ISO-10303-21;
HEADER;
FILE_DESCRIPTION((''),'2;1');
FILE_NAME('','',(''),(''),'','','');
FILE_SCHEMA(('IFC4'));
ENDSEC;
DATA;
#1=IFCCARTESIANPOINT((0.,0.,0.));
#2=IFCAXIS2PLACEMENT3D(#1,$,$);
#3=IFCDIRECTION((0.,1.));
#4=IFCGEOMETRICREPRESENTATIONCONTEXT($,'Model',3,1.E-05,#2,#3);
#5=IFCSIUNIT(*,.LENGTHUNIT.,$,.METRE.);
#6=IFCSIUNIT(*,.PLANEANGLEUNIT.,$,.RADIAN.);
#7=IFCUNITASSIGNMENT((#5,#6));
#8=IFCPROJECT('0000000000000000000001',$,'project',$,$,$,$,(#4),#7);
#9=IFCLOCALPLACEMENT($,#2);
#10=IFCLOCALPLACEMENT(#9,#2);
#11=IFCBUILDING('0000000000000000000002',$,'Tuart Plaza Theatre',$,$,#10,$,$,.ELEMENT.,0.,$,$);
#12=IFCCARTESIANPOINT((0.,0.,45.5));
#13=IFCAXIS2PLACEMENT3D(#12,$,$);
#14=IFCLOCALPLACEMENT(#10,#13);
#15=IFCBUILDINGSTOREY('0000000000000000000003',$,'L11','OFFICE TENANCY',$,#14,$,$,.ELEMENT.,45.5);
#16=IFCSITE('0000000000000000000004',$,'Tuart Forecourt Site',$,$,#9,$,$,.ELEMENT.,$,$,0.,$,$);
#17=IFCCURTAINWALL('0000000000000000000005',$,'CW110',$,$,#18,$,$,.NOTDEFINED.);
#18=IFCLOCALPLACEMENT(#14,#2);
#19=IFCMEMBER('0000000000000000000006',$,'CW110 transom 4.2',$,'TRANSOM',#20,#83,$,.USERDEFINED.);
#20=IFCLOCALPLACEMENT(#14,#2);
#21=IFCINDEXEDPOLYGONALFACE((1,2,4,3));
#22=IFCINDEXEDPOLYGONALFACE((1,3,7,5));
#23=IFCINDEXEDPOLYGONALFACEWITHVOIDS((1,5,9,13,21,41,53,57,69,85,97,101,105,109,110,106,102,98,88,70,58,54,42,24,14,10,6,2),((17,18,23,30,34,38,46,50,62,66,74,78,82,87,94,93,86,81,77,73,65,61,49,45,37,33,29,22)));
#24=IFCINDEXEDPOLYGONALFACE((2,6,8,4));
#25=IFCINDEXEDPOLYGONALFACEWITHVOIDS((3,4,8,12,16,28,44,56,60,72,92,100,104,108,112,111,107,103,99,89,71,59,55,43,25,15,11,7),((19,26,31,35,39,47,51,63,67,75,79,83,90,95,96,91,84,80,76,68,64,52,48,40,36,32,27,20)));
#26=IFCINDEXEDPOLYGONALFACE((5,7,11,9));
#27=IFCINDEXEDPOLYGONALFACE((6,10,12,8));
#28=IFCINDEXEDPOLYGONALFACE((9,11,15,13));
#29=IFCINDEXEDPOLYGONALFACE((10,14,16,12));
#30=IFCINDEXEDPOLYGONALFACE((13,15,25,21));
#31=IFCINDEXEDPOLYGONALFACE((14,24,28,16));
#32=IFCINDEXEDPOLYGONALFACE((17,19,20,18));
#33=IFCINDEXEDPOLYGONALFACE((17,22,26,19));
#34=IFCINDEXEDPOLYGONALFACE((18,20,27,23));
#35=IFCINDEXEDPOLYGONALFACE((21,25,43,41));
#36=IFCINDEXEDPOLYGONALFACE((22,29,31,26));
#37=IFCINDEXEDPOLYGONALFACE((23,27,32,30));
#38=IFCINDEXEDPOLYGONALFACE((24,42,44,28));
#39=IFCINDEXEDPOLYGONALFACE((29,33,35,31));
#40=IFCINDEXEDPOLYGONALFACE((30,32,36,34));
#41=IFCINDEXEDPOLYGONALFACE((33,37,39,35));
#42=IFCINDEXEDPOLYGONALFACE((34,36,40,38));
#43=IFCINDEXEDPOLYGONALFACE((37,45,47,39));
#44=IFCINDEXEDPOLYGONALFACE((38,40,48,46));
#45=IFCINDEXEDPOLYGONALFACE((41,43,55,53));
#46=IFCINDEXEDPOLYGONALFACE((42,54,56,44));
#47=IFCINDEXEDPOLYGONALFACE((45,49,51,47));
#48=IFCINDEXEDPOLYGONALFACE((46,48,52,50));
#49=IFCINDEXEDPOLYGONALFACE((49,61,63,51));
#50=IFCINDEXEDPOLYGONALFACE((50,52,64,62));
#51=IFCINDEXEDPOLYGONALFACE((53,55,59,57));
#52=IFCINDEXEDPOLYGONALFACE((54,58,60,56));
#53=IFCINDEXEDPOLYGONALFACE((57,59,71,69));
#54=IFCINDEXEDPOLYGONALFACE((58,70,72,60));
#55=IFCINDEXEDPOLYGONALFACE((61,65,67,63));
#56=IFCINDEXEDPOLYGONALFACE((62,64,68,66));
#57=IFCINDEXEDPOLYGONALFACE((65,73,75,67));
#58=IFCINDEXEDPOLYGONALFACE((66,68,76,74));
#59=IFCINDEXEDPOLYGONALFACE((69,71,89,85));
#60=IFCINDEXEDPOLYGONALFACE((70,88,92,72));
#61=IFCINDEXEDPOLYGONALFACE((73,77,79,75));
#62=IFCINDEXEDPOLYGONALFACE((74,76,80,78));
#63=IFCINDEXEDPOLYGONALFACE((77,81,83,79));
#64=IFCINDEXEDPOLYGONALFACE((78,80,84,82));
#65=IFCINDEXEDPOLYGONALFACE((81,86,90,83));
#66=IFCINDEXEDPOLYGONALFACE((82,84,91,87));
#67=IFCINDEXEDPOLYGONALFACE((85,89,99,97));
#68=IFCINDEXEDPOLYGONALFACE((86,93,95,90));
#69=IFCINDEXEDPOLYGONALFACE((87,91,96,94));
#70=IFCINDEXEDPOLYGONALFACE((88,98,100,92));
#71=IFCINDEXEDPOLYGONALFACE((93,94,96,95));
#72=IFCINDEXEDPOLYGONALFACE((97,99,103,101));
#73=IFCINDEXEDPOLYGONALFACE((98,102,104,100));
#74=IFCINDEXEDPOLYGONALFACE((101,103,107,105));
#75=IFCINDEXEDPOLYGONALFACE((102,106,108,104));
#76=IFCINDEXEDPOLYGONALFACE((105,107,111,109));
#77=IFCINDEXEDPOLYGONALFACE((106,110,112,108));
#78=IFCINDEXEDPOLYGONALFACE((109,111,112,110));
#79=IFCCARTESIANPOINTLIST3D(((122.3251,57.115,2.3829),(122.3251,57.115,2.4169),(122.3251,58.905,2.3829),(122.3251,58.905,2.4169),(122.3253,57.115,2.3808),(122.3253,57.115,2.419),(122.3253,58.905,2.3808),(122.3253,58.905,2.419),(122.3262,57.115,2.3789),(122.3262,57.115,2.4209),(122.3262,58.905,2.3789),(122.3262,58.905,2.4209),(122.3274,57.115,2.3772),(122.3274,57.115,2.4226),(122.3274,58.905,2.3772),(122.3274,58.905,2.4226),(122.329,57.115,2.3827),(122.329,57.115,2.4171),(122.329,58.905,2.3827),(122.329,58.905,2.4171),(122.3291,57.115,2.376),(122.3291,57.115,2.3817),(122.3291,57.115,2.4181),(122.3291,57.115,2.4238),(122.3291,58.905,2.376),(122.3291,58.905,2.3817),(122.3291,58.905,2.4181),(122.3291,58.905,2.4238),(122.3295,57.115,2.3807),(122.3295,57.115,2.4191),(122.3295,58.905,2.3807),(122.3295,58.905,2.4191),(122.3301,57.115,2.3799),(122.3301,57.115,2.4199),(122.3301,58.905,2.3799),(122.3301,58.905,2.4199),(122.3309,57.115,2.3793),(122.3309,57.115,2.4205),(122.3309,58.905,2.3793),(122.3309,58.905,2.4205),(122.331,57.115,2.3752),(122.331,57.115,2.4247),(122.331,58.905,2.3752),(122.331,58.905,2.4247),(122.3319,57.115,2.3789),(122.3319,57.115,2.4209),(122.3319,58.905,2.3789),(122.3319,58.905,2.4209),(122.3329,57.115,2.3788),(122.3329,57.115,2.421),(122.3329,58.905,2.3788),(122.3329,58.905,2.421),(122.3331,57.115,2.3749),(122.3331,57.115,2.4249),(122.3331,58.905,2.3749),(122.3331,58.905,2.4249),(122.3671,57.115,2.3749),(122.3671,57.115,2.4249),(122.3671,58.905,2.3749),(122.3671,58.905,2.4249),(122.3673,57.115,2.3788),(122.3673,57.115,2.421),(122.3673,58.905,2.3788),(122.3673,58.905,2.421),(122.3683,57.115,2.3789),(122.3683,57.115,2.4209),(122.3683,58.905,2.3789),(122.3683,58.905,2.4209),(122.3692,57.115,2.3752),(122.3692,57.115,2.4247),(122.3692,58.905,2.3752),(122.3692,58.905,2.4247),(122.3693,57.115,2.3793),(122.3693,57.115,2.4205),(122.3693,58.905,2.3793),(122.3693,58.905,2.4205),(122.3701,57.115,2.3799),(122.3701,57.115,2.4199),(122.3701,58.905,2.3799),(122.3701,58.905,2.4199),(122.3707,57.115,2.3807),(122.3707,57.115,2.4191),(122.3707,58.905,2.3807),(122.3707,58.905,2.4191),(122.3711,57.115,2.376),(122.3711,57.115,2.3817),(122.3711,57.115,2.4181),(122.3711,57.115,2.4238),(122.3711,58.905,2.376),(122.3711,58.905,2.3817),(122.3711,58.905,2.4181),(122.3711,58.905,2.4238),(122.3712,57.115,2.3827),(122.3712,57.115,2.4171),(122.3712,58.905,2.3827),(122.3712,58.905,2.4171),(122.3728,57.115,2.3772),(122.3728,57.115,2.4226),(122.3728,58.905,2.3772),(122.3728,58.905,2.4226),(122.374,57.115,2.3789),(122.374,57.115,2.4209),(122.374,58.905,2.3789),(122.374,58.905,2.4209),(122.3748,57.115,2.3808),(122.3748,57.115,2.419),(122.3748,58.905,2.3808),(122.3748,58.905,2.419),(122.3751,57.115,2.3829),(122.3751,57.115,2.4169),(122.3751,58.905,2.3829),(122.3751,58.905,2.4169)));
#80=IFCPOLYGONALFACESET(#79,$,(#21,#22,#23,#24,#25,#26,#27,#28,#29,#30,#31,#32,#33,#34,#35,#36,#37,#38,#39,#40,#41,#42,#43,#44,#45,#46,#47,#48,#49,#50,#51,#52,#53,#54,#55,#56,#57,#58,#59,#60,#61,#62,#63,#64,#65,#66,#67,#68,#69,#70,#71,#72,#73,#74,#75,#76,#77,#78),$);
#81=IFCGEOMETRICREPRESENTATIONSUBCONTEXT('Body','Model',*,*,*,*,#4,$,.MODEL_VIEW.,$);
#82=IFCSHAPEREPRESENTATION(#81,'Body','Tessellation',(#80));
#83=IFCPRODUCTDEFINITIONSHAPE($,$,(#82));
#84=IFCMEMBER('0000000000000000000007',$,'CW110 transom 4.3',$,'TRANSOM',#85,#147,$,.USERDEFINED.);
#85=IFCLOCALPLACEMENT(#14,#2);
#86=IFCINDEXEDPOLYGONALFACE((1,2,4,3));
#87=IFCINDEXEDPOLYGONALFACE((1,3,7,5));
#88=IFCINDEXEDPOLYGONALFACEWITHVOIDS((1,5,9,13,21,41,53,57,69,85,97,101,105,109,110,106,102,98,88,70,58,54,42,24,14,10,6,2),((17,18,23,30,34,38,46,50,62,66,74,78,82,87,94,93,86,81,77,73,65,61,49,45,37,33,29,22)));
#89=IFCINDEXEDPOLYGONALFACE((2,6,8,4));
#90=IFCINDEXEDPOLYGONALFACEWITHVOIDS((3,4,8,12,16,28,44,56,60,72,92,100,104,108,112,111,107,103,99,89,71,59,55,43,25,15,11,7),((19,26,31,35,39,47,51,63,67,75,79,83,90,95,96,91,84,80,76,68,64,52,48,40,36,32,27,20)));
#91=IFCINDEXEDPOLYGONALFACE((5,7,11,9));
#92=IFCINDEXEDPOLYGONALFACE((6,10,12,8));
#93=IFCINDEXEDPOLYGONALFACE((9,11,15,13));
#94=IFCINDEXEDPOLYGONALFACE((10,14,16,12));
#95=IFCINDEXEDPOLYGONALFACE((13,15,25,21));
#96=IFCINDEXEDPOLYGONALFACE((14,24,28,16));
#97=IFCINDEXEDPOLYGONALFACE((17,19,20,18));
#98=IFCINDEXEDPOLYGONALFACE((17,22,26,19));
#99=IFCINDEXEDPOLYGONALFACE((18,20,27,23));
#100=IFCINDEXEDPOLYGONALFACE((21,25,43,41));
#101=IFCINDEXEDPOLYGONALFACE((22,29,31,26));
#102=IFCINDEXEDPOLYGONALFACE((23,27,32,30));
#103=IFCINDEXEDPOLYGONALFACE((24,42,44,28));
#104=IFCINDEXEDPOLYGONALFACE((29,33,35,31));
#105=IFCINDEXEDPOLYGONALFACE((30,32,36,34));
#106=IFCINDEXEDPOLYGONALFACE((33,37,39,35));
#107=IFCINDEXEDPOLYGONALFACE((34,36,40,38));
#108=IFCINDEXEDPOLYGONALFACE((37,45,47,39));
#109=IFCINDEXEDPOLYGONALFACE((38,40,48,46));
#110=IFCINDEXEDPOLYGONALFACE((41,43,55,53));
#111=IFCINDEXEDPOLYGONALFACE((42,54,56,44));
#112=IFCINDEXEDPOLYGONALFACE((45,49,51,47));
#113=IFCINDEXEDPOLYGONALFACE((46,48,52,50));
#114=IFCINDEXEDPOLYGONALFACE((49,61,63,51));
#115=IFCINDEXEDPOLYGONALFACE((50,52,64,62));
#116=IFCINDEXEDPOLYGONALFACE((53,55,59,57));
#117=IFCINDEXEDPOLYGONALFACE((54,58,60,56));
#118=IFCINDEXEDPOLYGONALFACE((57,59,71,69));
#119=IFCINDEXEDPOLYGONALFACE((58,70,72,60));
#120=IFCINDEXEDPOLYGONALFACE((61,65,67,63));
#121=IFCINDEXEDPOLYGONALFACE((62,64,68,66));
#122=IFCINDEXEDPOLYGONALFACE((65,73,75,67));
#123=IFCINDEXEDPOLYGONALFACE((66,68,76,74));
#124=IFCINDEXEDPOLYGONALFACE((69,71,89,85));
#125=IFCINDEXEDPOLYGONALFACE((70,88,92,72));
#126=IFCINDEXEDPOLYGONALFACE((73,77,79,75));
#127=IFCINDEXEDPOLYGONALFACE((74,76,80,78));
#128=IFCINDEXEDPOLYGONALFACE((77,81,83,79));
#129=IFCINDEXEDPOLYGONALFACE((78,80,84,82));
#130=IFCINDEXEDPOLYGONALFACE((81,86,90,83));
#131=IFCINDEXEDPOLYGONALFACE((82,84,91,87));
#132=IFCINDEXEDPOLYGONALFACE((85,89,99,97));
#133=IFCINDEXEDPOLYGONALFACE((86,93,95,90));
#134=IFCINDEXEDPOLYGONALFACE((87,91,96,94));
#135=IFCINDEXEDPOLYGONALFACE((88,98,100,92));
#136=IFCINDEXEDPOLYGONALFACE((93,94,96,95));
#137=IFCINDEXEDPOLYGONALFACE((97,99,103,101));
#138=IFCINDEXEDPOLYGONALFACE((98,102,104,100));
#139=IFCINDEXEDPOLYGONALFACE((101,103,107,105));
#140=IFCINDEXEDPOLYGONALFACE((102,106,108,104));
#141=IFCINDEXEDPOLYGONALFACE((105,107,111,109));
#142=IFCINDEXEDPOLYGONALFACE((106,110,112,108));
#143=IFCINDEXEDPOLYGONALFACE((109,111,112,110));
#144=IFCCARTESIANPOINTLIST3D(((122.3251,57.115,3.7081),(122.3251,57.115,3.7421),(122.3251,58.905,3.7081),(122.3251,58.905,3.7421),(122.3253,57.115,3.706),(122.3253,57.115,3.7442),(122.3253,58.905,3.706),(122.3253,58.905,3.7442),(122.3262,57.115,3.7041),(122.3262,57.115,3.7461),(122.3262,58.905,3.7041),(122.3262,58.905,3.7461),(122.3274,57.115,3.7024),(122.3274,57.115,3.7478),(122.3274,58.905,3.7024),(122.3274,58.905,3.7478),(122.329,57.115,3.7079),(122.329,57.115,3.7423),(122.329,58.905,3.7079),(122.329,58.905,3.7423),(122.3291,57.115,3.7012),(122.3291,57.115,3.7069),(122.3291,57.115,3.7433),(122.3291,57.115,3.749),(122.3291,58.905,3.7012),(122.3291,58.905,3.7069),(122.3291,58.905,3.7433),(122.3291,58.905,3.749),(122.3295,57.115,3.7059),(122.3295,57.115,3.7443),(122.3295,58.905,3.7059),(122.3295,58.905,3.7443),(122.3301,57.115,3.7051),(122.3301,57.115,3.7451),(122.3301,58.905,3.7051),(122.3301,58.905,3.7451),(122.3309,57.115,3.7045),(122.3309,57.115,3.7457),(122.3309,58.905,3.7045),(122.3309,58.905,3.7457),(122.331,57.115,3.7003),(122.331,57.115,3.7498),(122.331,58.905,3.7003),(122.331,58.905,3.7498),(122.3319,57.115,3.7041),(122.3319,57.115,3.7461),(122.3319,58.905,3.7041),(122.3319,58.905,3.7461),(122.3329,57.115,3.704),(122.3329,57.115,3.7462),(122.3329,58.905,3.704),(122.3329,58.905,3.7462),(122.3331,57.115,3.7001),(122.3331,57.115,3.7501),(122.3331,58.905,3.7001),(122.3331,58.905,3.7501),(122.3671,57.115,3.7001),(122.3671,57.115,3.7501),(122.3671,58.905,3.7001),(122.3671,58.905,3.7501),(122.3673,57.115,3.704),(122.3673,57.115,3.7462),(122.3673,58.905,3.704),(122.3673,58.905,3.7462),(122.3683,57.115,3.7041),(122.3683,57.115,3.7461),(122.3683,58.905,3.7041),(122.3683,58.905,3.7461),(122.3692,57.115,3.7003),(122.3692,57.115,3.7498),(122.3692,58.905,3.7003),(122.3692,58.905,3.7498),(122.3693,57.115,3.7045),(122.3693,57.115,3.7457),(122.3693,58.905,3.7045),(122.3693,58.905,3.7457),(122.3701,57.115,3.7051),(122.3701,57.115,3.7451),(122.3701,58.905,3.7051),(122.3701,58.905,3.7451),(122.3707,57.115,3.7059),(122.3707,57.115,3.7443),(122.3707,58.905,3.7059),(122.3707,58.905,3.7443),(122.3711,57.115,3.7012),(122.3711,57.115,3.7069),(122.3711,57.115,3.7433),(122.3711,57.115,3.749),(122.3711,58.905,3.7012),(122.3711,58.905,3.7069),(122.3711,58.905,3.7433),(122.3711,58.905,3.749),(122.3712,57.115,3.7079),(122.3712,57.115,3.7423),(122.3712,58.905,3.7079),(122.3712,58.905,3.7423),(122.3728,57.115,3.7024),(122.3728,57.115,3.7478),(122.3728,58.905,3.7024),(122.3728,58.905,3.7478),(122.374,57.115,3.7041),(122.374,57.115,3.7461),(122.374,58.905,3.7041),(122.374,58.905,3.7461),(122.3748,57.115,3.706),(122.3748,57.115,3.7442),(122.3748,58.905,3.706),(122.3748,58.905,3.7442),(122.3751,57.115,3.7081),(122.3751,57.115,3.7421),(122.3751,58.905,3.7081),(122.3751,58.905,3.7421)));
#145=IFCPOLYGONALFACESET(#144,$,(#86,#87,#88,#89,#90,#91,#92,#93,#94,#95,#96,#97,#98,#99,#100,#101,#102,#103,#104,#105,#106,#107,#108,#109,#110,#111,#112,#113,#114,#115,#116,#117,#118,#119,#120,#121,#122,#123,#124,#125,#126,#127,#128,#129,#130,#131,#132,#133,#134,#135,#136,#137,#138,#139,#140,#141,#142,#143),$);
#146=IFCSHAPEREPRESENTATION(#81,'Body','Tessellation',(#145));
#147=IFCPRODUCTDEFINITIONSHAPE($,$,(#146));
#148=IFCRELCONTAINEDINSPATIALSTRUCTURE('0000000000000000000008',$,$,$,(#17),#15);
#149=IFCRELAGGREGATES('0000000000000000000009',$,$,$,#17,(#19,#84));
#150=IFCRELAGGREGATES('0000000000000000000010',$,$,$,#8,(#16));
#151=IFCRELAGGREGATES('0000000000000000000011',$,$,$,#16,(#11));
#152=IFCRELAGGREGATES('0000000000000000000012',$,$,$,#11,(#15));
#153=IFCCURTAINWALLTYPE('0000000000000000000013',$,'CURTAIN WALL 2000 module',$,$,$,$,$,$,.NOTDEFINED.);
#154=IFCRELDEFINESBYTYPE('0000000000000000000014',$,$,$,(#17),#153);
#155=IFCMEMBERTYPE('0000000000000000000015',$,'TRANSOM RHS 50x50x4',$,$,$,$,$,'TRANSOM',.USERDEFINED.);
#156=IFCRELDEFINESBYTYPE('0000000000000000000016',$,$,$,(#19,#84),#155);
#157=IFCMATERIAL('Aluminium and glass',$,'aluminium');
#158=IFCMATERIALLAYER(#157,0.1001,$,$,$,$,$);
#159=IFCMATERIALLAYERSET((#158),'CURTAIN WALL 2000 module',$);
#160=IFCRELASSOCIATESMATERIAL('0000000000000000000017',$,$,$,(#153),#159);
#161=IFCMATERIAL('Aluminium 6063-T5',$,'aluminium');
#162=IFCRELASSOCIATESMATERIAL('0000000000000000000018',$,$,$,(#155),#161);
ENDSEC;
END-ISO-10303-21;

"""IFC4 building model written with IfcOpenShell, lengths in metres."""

from ifc_helpers import new_model, si_unit, direction, frame, origin, origin_2d, place, context, subcontext, project, spatial, hollow_rectangle, extrude, material, layer, layer_set, material_profile, profile_set, type_object, element, aggregate, save


model = new_model("IFC4")

# Units and contexts
model_context = context("Model", 3, precision=1e-05, world=origin(), true_north=direction((0.0, 1.0)))
body_context = subcontext(model_context, "Body", "Model", "MODEL_VIEW")
ifc_project = project(units=[si_unit("LENGTHUNIT", "METRE"), si_unit("PLANEANGLEUNIT", "RADIAN")], contexts=[model_context])

# Site, building, storey
site_placement = place(None, origin())
site = spatial("IfcSite", under=ifc_project, at=site_placement, Name="Tuart Forecourt Site", CompositionType="ELEMENT", RefElevation=0.0)
building_placement = place(site_placement, origin())
building = spatial("IfcBuilding", under=site, at=building_placement, Name="Tuart Plaza Theatre", CompositionType="ELEMENT", ElevationOfRefHeight=0.0)
storey_placement = place(building_placement, frame((0.0, 0.0, 45.5)))
storey = spatial("IfcBuildingStorey", under=building, at=storey_placement, Name="L11", Description="OFFICE TENANCY", CompositionType="ELEMENT", Elevation=45.5)

# Curtain wall, members
ifc_material_1 = material(Name="Aluminium and glass", Category="aluminium")
ifc_layer_1 = layer(ifc_material_1, 0.1001)
ifc_layer_set_1 = layer_set([ifc_layer_1], Name="CURTAIN WALL 2000 module")
curtain_wall_type = type_object("IfcCurtainWallType", Name="CURTAIN WALL 2000 module", PredefinedType="NOTDEFINED", material=ifc_layer_set_1)
curtain_wall_placement = place(storey_placement, origin())
curtain_wall = element("IfcCurtainWall", 1, at=curtain_wall_placement, inside=storey, type_object=curtain_wall_type, Name="CW110", PredefinedType="NOTDEFINED")
ifc_material_2 = material(Name="Aluminium 6063-T5", Category="aluminium")
ifc_material_profile_1 = material_profile(ifc_material_2, hollow_rectangle(XDim=0.05, YDim=0.05, WallThickness=0.0039, InnerFilletRadius=0.0039, OuterFilletRadius=0.0081, at=origin_2d()), Name="RHS 50x50x4")
ifc_profile_set_1 = profile_set([ifc_material_profile_1], Name="Aluminium 6063-T5")
member_type_1 = type_object("IfcMemberType", Name="TRANSOM RHS 50x50x4", ElementType="TRANSOM", PredefinedType="USERDEFINED", material=ifc_profile_set_1)
member_1_placement = place(storey_placement, frame((122.3501, 58.905, 2.3999), z_axis=(0.0, -1.0, 0.0), x_axis=(1.0, 0.0, 0.0)))
member_1 = element("IfcMember", 2, at=member_1_placement, type_object=member_type_1, Name="CW110 transom 4.2", ObjectType="TRANSOM", PredefinedType="USERDEFINED", context=body_context, shape_type="SweptSolid", body=[
    extrude(hollow_rectangle(XDim=0.05, YDim=0.05, WallThickness=0.0039, InnerFilletRadius=0.0039, OuterFilletRadius=0.0081, at=origin_2d()), origin(), (0.0, 0.0, 1.0), 1.79),
])
member_2_placement = place(storey_placement, frame((122.3501, 58.905, 3.7251), z_axis=(0.0, -1.0, 0.0), x_axis=(1.0, 0.0, 0.0)))
member_2 = element("IfcMember", 3, at=member_2_placement, type_object=member_type_1, Name="CW110 transom 4.3", ObjectType="TRANSOM", PredefinedType="USERDEFINED", context=body_context, shape_type="SweptSolid", body=[
    extrude(hollow_rectangle(XDim=0.05, YDim=0.05, WallThickness=0.0039, InnerFilletRadius=0.0039, OuterFilletRadius=0.0081, at=origin_2d()), origin(), (0.0, 0.0, 1.0), 1.79),
])
aggregate(curtain_wall, [member_1, member_2])

save(model, "model.ifc")
